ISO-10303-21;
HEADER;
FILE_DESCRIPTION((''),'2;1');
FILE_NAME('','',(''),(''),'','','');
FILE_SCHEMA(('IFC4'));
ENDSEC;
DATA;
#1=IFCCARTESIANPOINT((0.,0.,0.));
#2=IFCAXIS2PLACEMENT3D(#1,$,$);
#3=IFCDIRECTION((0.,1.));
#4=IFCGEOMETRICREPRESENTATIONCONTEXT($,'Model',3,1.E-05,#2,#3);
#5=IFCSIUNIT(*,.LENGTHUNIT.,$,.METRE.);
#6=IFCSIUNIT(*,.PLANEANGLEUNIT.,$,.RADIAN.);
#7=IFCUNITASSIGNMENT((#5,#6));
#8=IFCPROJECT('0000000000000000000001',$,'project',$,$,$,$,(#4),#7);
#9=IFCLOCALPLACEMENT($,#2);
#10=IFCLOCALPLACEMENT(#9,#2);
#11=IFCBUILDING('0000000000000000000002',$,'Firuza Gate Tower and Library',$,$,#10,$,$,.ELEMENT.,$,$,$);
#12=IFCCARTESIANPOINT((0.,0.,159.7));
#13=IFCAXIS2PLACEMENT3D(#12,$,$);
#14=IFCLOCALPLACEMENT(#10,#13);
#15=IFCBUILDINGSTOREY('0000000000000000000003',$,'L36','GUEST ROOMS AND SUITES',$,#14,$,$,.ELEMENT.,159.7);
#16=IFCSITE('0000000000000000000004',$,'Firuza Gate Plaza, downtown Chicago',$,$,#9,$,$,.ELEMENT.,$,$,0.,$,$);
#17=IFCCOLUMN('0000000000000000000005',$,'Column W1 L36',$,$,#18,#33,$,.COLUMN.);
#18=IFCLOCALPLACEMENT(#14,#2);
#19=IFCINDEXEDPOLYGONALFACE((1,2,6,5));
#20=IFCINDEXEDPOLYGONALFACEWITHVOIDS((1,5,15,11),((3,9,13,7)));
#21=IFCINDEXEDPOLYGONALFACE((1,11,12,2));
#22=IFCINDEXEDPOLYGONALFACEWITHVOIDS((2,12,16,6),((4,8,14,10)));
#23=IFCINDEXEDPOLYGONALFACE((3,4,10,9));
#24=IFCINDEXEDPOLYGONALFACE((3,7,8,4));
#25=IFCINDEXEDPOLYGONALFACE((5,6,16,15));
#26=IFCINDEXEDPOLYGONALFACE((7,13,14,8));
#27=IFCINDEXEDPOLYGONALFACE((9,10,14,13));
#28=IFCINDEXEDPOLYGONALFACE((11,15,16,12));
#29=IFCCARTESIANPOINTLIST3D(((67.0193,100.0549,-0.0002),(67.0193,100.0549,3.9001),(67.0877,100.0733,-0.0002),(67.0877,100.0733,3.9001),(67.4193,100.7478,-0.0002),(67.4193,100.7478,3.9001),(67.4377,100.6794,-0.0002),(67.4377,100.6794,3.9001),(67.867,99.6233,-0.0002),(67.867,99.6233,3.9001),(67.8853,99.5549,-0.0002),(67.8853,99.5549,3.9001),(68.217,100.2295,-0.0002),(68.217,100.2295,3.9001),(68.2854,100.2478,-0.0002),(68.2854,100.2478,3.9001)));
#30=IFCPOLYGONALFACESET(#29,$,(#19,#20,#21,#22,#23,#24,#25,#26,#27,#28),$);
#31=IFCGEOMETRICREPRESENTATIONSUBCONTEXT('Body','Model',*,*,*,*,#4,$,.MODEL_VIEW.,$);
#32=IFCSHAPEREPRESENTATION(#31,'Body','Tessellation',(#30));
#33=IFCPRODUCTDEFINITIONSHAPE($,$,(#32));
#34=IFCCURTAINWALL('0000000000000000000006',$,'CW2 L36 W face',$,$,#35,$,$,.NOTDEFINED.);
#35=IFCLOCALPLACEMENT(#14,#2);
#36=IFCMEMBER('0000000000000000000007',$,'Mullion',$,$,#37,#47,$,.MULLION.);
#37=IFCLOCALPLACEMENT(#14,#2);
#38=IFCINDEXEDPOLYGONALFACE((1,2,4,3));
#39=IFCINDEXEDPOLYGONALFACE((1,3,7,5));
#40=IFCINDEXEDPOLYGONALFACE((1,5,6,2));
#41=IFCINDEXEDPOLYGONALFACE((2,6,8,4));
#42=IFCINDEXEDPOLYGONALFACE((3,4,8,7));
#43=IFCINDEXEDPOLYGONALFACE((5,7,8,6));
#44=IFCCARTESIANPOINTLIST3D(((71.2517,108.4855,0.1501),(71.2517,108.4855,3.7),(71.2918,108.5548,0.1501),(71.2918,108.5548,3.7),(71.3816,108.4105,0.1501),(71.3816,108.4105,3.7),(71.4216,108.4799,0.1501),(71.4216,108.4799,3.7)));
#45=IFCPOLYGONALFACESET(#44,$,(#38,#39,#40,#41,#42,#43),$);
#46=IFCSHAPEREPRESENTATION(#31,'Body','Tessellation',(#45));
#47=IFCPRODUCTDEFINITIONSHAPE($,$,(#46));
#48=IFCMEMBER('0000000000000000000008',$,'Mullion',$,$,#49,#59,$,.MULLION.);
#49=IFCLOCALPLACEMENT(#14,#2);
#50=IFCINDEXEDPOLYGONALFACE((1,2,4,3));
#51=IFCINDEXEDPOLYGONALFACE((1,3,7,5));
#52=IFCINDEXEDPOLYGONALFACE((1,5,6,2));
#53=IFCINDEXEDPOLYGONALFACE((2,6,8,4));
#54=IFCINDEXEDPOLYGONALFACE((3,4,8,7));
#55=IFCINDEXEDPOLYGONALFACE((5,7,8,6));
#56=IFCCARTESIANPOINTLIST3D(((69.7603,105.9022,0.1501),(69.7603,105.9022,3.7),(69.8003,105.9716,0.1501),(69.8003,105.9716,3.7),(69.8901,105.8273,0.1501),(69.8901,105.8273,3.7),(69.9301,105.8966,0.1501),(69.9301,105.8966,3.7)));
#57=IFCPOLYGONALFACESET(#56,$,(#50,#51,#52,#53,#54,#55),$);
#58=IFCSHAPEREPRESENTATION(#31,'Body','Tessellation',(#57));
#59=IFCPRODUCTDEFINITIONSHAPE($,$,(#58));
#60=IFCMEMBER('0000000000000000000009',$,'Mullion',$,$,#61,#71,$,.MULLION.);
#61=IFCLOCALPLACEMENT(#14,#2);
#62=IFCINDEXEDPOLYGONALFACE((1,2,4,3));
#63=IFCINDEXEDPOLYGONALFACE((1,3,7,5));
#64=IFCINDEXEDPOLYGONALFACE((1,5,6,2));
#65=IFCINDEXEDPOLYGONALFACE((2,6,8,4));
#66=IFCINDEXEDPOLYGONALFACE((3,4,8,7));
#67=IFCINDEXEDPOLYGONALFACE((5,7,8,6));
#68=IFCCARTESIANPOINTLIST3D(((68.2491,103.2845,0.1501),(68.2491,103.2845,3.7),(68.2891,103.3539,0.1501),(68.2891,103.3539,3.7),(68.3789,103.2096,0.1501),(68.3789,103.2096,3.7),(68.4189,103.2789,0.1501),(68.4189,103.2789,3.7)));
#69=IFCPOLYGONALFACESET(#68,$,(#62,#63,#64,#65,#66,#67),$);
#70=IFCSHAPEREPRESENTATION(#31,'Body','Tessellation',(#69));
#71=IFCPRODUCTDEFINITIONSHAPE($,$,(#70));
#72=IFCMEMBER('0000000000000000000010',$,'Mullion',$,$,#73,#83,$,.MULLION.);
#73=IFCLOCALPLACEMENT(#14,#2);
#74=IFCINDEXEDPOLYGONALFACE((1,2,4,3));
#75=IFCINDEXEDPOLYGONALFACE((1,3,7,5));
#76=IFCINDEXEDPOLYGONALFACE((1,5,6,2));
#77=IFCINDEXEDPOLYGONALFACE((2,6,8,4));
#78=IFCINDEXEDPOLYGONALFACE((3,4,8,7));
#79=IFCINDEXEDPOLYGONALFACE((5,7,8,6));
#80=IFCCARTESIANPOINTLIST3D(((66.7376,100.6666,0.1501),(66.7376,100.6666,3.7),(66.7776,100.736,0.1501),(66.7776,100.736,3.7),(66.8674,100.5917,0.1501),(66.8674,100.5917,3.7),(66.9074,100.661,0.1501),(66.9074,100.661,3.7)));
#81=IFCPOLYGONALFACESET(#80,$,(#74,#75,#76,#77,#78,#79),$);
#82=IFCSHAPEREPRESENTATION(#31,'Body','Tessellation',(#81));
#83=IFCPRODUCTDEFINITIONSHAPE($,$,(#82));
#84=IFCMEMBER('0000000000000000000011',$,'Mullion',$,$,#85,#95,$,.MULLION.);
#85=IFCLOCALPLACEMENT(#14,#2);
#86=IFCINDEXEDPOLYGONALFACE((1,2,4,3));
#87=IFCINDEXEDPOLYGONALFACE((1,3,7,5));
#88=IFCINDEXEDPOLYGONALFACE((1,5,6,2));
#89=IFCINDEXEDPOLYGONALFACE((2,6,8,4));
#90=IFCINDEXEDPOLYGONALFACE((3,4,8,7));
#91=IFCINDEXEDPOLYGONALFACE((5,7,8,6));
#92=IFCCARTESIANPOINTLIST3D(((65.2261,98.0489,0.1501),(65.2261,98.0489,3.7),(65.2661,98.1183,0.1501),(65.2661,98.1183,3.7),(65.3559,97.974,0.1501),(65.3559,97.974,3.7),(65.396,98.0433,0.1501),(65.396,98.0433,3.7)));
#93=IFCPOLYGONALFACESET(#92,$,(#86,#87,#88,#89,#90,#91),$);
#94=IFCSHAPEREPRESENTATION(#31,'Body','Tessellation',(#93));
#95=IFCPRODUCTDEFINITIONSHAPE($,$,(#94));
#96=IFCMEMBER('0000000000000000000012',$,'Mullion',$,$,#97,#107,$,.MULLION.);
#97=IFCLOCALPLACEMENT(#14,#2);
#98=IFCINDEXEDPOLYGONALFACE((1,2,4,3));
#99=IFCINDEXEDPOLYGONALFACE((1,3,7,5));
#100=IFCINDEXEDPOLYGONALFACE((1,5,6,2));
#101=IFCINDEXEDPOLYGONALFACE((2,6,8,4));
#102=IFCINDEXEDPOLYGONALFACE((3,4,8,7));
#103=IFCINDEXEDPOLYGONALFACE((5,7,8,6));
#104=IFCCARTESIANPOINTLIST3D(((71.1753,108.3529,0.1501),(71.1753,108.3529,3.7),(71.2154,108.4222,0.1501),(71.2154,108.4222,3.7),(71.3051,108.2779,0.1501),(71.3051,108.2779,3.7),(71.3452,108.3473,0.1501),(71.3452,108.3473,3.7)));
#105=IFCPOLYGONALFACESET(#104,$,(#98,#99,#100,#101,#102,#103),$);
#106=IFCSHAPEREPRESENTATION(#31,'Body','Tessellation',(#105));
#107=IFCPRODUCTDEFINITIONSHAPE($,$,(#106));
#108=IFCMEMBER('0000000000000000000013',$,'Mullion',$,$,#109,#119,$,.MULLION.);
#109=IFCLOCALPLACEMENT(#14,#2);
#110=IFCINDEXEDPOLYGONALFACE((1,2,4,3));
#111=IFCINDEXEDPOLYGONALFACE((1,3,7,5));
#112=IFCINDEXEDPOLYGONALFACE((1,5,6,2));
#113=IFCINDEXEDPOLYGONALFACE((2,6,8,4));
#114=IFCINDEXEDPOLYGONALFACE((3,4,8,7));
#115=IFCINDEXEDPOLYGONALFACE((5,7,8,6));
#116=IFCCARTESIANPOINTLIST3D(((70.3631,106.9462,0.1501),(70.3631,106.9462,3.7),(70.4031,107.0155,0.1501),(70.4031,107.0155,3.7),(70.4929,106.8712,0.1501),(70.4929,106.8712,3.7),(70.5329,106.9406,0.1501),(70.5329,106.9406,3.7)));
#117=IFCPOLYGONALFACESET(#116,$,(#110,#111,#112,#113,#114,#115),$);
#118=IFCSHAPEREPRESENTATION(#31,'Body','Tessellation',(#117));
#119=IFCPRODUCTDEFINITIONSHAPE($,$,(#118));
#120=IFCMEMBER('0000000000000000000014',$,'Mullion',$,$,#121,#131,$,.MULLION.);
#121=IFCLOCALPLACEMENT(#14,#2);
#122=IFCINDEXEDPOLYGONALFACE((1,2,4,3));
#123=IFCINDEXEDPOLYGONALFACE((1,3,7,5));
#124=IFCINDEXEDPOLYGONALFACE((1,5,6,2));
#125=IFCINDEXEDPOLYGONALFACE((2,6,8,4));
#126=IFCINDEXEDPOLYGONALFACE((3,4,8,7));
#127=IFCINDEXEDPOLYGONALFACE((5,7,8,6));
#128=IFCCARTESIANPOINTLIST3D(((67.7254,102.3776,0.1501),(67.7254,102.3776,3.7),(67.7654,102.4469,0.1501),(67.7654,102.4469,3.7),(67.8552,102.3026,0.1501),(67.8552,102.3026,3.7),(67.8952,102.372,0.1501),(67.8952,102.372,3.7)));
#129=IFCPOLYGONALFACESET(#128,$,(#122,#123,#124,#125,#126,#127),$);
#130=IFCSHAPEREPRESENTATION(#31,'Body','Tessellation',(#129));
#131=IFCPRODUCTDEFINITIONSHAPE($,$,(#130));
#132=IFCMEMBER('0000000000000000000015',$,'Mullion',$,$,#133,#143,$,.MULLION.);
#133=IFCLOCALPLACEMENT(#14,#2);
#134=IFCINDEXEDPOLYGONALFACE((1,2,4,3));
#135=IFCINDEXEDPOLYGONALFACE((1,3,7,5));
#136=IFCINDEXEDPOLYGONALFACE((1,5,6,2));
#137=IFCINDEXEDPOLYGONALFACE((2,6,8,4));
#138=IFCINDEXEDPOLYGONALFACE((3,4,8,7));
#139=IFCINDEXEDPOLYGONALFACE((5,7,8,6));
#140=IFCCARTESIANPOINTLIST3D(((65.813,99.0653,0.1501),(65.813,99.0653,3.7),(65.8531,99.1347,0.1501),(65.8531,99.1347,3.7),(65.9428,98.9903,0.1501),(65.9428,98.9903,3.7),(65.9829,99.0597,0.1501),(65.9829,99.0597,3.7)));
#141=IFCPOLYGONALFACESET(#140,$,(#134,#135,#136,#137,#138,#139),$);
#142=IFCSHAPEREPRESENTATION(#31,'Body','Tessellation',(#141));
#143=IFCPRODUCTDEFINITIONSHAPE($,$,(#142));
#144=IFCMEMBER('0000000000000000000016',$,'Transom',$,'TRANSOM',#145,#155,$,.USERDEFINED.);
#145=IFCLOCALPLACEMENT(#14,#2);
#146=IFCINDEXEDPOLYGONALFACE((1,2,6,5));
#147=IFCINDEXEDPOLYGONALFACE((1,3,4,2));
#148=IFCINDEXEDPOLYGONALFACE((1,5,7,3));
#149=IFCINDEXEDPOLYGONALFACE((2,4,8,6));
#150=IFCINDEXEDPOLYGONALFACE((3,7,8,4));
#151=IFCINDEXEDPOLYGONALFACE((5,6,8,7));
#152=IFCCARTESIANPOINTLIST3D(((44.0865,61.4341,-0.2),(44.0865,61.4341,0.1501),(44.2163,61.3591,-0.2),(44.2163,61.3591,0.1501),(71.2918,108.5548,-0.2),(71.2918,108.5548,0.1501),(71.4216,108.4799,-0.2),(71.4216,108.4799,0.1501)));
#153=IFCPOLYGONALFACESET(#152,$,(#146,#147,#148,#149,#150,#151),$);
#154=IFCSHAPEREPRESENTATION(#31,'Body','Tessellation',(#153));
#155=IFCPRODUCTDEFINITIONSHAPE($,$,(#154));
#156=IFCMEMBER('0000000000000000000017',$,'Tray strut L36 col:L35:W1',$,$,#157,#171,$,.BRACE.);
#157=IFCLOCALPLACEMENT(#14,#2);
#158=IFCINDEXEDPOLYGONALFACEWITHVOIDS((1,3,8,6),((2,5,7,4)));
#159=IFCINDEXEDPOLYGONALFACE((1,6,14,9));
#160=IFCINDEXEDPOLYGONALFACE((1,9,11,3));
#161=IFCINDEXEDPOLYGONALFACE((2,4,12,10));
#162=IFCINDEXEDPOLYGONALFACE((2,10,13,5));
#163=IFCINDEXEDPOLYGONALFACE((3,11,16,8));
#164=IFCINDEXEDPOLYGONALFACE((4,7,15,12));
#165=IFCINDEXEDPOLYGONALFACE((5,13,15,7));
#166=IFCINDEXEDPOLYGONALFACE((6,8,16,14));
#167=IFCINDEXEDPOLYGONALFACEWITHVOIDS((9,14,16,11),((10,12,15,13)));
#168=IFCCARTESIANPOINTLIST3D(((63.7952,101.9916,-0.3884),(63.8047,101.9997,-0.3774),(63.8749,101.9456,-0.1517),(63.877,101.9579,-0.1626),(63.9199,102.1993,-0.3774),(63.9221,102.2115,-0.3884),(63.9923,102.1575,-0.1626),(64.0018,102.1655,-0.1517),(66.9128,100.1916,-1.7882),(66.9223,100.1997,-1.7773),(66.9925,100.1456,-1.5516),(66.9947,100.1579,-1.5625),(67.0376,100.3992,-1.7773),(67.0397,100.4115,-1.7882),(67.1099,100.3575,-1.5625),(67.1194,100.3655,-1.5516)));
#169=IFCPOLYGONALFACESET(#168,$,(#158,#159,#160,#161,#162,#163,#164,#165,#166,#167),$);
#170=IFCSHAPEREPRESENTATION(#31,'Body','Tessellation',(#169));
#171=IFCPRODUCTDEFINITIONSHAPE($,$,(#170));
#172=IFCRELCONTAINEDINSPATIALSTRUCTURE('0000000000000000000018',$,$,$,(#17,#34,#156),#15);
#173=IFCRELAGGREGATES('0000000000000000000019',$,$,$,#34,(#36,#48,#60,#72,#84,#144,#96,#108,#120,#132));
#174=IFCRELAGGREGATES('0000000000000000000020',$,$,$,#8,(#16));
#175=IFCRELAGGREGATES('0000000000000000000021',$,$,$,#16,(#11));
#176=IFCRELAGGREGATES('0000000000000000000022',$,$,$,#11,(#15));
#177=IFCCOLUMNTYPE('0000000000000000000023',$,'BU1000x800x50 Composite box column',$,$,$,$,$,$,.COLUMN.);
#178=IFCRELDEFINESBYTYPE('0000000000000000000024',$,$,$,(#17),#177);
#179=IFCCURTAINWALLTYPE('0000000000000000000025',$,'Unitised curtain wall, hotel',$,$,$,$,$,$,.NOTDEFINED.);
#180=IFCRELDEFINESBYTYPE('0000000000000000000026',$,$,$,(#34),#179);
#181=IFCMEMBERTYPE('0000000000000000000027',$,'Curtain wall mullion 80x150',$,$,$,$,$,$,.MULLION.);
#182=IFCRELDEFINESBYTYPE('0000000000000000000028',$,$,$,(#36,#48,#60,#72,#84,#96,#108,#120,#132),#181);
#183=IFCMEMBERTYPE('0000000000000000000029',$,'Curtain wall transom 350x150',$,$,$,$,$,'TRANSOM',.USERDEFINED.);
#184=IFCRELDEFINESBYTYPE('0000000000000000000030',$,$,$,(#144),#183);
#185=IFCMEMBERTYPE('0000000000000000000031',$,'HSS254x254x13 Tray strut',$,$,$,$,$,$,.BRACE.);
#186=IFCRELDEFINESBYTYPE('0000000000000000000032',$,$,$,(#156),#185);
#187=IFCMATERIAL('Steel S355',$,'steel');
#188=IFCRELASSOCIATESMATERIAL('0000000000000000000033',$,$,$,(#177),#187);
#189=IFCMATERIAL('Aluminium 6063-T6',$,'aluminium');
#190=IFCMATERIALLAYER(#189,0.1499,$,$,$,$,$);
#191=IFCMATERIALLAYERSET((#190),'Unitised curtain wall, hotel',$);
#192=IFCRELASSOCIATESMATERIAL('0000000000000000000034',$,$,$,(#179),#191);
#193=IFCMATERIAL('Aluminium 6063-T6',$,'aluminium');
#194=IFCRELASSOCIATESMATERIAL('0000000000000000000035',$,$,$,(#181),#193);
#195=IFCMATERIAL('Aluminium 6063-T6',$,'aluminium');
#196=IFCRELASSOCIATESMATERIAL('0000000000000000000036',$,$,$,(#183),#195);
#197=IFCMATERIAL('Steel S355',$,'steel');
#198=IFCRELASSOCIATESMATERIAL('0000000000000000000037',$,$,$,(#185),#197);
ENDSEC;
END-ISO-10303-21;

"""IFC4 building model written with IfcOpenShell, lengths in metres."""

from ifc_helpers import new_model, si_unit, direction, frame, origin, origin_2d, place, context, subcontext, project, spatial, rectangle, hollow_rectangle, extrude, material, layer, layer_set, material_profile, profile_set, type_object, element, aggregate, save


model = new_model("IFC4")

# Units and contexts
model_context = context("Model", 3, precision=1e-05, world=origin(), true_north=direction((0.0, 1.0)))
body_context = subcontext(model_context, "Body", "Model", "MODEL_VIEW")
ifc_project = project(units=[si_unit("LENGTHUNIT", "METRE"), si_unit("PLANEANGLEUNIT", "RADIAN")], contexts=[model_context])

# Site, building, storey
site_placement = place(None, origin())
site = spatial("IfcSite", under=ifc_project, at=site_placement, Name="Firuza Gate Plaza, downtown Chicago", CompositionType="ELEMENT", RefElevation=0.0)
building_placement = place(site_placement, origin())
building = spatial("IfcBuilding", under=site, at=building_placement, Name="Firuza Gate Tower and Library", CompositionType="ELEMENT")
storey_placement = place(building_placement, frame((0.0, 0.0, 159.7)))
storey = spatial("IfcBuildingStorey", under=building, at=storey_placement, Name="L36", Description="GUEST ROOMS AND SUITES", CompositionType="ELEMENT", Elevation=159.7)

# Column
ifc_material_1 = material(Name="Steel S355", Category="steel")
ifc_material_profile_1 = material_profile(ifc_material_1, hollow_rectangle(XDim=0.8, YDim=1.0, WallThickness=0.05, at=origin_2d()))
ifc_profile_set_1 = profile_set([ifc_material_profile_1], Name="Steel S355")
column_type = type_object("IfcColumnType", Name="BU1000x800x50 Composite box column", PredefinedType="COLUMN", material=ifc_profile_set_1)
column_placement = place(storey_placement, frame((67.6523, 100.1514, -0.0002), z_axis=(0.0, 0.0, 1.0), x_axis=(-0.5, -0.866025, 0.0)))
element("IfcColumn", 1, at=column_placement, inside=storey, type_object=column_type, Name="Column W1 L36", PredefinedType="COLUMN", context=body_context, shape_type="SweptSolid", body=[
    extrude(hollow_rectangle(XDim=0.8, YDim=1.0, WallThickness=0.05, at=origin_2d()), origin(), (0.0, 0.0, 1.0), 3.9004),
])

# Curtain wall, members
ifc_material_2 = material(Name="Aluminium 6063-T6", Category="aluminium")
ifc_layer_1 = layer(ifc_material_2, 0.1499)
ifc_layer_set_1 = layer_set([ifc_layer_1], Name="Unitised curtain wall, hotel")
curtain_wall_type = type_object("IfcCurtainWallType", Name="Unitised curtain wall, hotel", PredefinedType="NOTDEFINED", material=ifc_layer_set_1)
curtain_wall_placement = place(storey_placement, origin())
curtain_wall = element("IfcCurtainWall", 2, at=curtain_wall_placement, inside=storey, type_object=curtain_wall_type, Name="CW2 L36 W face", PredefinedType="NOTDEFINED")
ifc_material_3 = material(Name="Aluminium 6063-T6", Category="aluminium")
ifc_material_profile_2 = material_profile(ifc_material_3, rectangle(XDim=0.1499, YDim=0.0801, at=origin_2d()))
ifc_profile_set_2 = profile_set([ifc_material_profile_2], Name="Aluminium 6063-T6")
member_type_1 = type_object("IfcMemberType", Name="Curtain wall mullion 80x150", PredefinedType="MULLION", material=ifc_profile_set_2)
member_1_placement = place(storey_placement, frame((71.3367, 108.4827, 0.1501), z_axis=(0.0, 0.0, 1.0), x_axis=(0.866025, -0.5, 0.0)))
member_1 = element("IfcMember", 3, at=member_1_placement, type_object=member_type_1, Name="Mullion", PredefinedType="MULLION", context=body_context, shape_type="SweptSolid", body=[
    extrude(rectangle(XDim=0.1499, YDim=0.0801, at=origin_2d()), origin(), (0.0, 0.0, 1.0), 3.5498),
])
member_2_placement = place(storey_placement, frame((69.8452, 105.8994, 0.1501), z_axis=(0.0, 0.0, 1.0), x_axis=(0.866025, -0.5, 0.0)))
member_2 = element("IfcMember", 4, at=member_2_placement, type_object=member_type_1, Name="Mullion", PredefinedType="MULLION", context=body_context, shape_type="SweptSolid", body=[
    extrude(rectangle(XDim=0.1499, YDim=0.0801, at=origin_2d()), origin(), (0.0, 0.0, 1.0), 3.5498),
])
member_3_placement = place(storey_placement, frame((68.334, 103.2817, 0.1501), z_axis=(0.0, 0.0, 1.0), x_axis=(0.866025, -0.5, 0.0)))
member_3 = element("IfcMember", 5, at=member_3_placement, type_object=member_type_1, Name="Mullion", PredefinedType="MULLION", context=body_context, shape_type="SweptSolid", body=[
    extrude(rectangle(XDim=0.1499, YDim=0.0801, at=origin_2d()), origin(), (0.0, 0.0, 1.0), 3.5498),
])
member_4_placement = place(storey_placement, frame((66.8225, 100.6638, 0.1501), z_axis=(0.0, 0.0, 1.0), x_axis=(0.866025, -0.5, 0.0)))
member_4 = element("IfcMember", 6, at=member_4_placement, type_object=member_type_1, Name="Mullion", PredefinedType="MULLION", context=body_context, shape_type="SweptSolid", body=[
    extrude(rectangle(XDim=0.1499, YDim=0.0801, at=origin_2d()), origin(), (0.0, 0.0, 1.0), 3.5498),
])
member_5_placement = place(storey_placement, frame((65.311, 98.0461, 0.1501), z_axis=(0.0, 0.0, 1.0), x_axis=(0.866025, -0.5, 0.0)))
member_5 = element("IfcMember", 7, at=member_5_placement, type_object=member_type_1, Name="Mullion", PredefinedType="MULLION", context=body_context, shape_type="SweptSolid", body=[
    extrude(rectangle(XDim=0.1499, YDim=0.0801, at=origin_2d()), origin(), (0.0, 0.0, 1.0), 3.5498),
])
member_6_placement = place(storey_placement, frame((71.2603, 108.3501, 0.1501), z_axis=(0.0, 0.0, 1.0), x_axis=(0.866025, -0.5, 0.0)))
member_6 = element("IfcMember", 8, at=member_6_placement, type_object=member_type_1, Name="Mullion", PredefinedType="MULLION", context=body_context, shape_type="SweptSolid", body=[
    extrude(rectangle(XDim=0.1499, YDim=0.0801, at=origin_2d()), origin(), (0.0, 0.0, 1.0), 3.5498),
])
member_7_placement = place(storey_placement, frame((70.448, 106.9434, 0.1501), z_axis=(0.0, 0.0, 1.0), x_axis=(0.866025, -0.5, 0.0)))
member_7 = element("IfcMember", 9, at=member_7_placement, type_object=member_type_1, Name="Mullion", PredefinedType="MULLION", context=body_context, shape_type="SweptSolid", body=[
    extrude(rectangle(XDim=0.1499, YDim=0.0801, at=origin_2d()), origin(), (0.0, 0.0, 1.0), 3.5498),
])
member_8_placement = place(storey_placement, frame((67.8103, 102.3748, 0.1501), z_axis=(0.0, 0.0, 1.0), x_axis=(0.866025, -0.5, 0.0)))
member_8 = element("IfcMember", 10, at=member_8_placement, type_object=member_type_1, Name="Mullion", PredefinedType="MULLION", context=body_context, shape_type="SweptSolid", body=[
    extrude(rectangle(XDim=0.1499, YDim=0.0801, at=origin_2d()), origin(), (0.0, 0.0, 1.0), 3.5498),
])
member_9_placement = place(storey_placement, frame((65.8979, 99.0625, 0.1501), z_axis=(0.0, 0.0, 1.0), x_axis=(0.866025, -0.5, 0.0)))
member_9 = element("IfcMember", 11, at=member_9_placement, type_object=member_type_1, Name="Mullion", PredefinedType="MULLION", context=body_context, shape_type="SweptSolid", body=[
    extrude(rectangle(XDim=0.1499, YDim=0.0801, at=origin_2d()), origin(), (0.0, 0.0, 1.0), 3.5498),
])
ifc_material_4 = material(Name="Aluminium 6063-T6", Category="aluminium")
ifc_material_profile_3 = material_profile(ifc_material_4, rectangle(XDim=0.1499, YDim=0.3501, at=origin_2d()))
ifc_profile_set_3 = profile_set([ifc_material_profile_3], Name="Aluminium 6063-T6")
member_type_2 = type_object("IfcMemberType", Name="Curtain wall transom 350x150", ElementType="TRANSOM", PredefinedType="USERDEFINED", material=ifc_profile_set_3)
member_10_placement = place(storey_placement, frame((71.3567, 108.5173, -0.0249), z_axis=(-0.500001, -0.866025, 0.0), x_axis=(0.866025, -0.500001, 0.0)))
member_10 = element("IfcMember", 12, at=member_10_placement, type_object=member_type_2, Name="Transom", ObjectType="TRANSOM", PredefinedType="USERDEFINED", context=body_context, shape_type="SweptSolid", body=[
    extrude(rectangle(XDim=0.1499, YDim=0.3501, at=origin_2d()), origin(), (0.0, 0.0, 1.0), 54.4104),
])

# Member
ifc_material_5 = material(Name="Steel S355", Category="steel")
ifc_material_profile_4 = material_profile(ifc_material_5, hollow_rectangle(XDim=0.2539, YDim=0.2539, WallThickness=0.0117, at=origin_2d()))
ifc_profile_set_4 = profile_set([ifc_material_profile_4], Name="Steel S355")
member_type_3 = type_object("IfcMemberType", Name="HSS254x254x13 Tray strut", PredefinedType="BRACE", material=ifc_profile_set_4)
member_11_placement = place(storey_placement, frame((67.0161, 100.2786, -1.6699), z_axis=(-0.807141, 0.466018, 0.362423), x_axis=(-0.500012, -0.866018, 0.0)))
element("IfcMember", 13, at=member_11_placement, inside=storey, type_object=member_type_3, Name="Tray strut L36 col:L35:W1", PredefinedType="BRACE", context=body_context, shape_type="SweptSolid", body=[
    extrude(hollow_rectangle(XDim=0.2539, YDim=0.2539, WallThickness=0.0117, at=origin_2d()), origin(), (0.0, 0.0, 1.0), 3.8625),
])

aggregate(curtain_wall, [member_1, member_2, member_3, member_4, member_5, member_10, member_6, member_7, member_8, member_9])

save(model, "model.ifc")
